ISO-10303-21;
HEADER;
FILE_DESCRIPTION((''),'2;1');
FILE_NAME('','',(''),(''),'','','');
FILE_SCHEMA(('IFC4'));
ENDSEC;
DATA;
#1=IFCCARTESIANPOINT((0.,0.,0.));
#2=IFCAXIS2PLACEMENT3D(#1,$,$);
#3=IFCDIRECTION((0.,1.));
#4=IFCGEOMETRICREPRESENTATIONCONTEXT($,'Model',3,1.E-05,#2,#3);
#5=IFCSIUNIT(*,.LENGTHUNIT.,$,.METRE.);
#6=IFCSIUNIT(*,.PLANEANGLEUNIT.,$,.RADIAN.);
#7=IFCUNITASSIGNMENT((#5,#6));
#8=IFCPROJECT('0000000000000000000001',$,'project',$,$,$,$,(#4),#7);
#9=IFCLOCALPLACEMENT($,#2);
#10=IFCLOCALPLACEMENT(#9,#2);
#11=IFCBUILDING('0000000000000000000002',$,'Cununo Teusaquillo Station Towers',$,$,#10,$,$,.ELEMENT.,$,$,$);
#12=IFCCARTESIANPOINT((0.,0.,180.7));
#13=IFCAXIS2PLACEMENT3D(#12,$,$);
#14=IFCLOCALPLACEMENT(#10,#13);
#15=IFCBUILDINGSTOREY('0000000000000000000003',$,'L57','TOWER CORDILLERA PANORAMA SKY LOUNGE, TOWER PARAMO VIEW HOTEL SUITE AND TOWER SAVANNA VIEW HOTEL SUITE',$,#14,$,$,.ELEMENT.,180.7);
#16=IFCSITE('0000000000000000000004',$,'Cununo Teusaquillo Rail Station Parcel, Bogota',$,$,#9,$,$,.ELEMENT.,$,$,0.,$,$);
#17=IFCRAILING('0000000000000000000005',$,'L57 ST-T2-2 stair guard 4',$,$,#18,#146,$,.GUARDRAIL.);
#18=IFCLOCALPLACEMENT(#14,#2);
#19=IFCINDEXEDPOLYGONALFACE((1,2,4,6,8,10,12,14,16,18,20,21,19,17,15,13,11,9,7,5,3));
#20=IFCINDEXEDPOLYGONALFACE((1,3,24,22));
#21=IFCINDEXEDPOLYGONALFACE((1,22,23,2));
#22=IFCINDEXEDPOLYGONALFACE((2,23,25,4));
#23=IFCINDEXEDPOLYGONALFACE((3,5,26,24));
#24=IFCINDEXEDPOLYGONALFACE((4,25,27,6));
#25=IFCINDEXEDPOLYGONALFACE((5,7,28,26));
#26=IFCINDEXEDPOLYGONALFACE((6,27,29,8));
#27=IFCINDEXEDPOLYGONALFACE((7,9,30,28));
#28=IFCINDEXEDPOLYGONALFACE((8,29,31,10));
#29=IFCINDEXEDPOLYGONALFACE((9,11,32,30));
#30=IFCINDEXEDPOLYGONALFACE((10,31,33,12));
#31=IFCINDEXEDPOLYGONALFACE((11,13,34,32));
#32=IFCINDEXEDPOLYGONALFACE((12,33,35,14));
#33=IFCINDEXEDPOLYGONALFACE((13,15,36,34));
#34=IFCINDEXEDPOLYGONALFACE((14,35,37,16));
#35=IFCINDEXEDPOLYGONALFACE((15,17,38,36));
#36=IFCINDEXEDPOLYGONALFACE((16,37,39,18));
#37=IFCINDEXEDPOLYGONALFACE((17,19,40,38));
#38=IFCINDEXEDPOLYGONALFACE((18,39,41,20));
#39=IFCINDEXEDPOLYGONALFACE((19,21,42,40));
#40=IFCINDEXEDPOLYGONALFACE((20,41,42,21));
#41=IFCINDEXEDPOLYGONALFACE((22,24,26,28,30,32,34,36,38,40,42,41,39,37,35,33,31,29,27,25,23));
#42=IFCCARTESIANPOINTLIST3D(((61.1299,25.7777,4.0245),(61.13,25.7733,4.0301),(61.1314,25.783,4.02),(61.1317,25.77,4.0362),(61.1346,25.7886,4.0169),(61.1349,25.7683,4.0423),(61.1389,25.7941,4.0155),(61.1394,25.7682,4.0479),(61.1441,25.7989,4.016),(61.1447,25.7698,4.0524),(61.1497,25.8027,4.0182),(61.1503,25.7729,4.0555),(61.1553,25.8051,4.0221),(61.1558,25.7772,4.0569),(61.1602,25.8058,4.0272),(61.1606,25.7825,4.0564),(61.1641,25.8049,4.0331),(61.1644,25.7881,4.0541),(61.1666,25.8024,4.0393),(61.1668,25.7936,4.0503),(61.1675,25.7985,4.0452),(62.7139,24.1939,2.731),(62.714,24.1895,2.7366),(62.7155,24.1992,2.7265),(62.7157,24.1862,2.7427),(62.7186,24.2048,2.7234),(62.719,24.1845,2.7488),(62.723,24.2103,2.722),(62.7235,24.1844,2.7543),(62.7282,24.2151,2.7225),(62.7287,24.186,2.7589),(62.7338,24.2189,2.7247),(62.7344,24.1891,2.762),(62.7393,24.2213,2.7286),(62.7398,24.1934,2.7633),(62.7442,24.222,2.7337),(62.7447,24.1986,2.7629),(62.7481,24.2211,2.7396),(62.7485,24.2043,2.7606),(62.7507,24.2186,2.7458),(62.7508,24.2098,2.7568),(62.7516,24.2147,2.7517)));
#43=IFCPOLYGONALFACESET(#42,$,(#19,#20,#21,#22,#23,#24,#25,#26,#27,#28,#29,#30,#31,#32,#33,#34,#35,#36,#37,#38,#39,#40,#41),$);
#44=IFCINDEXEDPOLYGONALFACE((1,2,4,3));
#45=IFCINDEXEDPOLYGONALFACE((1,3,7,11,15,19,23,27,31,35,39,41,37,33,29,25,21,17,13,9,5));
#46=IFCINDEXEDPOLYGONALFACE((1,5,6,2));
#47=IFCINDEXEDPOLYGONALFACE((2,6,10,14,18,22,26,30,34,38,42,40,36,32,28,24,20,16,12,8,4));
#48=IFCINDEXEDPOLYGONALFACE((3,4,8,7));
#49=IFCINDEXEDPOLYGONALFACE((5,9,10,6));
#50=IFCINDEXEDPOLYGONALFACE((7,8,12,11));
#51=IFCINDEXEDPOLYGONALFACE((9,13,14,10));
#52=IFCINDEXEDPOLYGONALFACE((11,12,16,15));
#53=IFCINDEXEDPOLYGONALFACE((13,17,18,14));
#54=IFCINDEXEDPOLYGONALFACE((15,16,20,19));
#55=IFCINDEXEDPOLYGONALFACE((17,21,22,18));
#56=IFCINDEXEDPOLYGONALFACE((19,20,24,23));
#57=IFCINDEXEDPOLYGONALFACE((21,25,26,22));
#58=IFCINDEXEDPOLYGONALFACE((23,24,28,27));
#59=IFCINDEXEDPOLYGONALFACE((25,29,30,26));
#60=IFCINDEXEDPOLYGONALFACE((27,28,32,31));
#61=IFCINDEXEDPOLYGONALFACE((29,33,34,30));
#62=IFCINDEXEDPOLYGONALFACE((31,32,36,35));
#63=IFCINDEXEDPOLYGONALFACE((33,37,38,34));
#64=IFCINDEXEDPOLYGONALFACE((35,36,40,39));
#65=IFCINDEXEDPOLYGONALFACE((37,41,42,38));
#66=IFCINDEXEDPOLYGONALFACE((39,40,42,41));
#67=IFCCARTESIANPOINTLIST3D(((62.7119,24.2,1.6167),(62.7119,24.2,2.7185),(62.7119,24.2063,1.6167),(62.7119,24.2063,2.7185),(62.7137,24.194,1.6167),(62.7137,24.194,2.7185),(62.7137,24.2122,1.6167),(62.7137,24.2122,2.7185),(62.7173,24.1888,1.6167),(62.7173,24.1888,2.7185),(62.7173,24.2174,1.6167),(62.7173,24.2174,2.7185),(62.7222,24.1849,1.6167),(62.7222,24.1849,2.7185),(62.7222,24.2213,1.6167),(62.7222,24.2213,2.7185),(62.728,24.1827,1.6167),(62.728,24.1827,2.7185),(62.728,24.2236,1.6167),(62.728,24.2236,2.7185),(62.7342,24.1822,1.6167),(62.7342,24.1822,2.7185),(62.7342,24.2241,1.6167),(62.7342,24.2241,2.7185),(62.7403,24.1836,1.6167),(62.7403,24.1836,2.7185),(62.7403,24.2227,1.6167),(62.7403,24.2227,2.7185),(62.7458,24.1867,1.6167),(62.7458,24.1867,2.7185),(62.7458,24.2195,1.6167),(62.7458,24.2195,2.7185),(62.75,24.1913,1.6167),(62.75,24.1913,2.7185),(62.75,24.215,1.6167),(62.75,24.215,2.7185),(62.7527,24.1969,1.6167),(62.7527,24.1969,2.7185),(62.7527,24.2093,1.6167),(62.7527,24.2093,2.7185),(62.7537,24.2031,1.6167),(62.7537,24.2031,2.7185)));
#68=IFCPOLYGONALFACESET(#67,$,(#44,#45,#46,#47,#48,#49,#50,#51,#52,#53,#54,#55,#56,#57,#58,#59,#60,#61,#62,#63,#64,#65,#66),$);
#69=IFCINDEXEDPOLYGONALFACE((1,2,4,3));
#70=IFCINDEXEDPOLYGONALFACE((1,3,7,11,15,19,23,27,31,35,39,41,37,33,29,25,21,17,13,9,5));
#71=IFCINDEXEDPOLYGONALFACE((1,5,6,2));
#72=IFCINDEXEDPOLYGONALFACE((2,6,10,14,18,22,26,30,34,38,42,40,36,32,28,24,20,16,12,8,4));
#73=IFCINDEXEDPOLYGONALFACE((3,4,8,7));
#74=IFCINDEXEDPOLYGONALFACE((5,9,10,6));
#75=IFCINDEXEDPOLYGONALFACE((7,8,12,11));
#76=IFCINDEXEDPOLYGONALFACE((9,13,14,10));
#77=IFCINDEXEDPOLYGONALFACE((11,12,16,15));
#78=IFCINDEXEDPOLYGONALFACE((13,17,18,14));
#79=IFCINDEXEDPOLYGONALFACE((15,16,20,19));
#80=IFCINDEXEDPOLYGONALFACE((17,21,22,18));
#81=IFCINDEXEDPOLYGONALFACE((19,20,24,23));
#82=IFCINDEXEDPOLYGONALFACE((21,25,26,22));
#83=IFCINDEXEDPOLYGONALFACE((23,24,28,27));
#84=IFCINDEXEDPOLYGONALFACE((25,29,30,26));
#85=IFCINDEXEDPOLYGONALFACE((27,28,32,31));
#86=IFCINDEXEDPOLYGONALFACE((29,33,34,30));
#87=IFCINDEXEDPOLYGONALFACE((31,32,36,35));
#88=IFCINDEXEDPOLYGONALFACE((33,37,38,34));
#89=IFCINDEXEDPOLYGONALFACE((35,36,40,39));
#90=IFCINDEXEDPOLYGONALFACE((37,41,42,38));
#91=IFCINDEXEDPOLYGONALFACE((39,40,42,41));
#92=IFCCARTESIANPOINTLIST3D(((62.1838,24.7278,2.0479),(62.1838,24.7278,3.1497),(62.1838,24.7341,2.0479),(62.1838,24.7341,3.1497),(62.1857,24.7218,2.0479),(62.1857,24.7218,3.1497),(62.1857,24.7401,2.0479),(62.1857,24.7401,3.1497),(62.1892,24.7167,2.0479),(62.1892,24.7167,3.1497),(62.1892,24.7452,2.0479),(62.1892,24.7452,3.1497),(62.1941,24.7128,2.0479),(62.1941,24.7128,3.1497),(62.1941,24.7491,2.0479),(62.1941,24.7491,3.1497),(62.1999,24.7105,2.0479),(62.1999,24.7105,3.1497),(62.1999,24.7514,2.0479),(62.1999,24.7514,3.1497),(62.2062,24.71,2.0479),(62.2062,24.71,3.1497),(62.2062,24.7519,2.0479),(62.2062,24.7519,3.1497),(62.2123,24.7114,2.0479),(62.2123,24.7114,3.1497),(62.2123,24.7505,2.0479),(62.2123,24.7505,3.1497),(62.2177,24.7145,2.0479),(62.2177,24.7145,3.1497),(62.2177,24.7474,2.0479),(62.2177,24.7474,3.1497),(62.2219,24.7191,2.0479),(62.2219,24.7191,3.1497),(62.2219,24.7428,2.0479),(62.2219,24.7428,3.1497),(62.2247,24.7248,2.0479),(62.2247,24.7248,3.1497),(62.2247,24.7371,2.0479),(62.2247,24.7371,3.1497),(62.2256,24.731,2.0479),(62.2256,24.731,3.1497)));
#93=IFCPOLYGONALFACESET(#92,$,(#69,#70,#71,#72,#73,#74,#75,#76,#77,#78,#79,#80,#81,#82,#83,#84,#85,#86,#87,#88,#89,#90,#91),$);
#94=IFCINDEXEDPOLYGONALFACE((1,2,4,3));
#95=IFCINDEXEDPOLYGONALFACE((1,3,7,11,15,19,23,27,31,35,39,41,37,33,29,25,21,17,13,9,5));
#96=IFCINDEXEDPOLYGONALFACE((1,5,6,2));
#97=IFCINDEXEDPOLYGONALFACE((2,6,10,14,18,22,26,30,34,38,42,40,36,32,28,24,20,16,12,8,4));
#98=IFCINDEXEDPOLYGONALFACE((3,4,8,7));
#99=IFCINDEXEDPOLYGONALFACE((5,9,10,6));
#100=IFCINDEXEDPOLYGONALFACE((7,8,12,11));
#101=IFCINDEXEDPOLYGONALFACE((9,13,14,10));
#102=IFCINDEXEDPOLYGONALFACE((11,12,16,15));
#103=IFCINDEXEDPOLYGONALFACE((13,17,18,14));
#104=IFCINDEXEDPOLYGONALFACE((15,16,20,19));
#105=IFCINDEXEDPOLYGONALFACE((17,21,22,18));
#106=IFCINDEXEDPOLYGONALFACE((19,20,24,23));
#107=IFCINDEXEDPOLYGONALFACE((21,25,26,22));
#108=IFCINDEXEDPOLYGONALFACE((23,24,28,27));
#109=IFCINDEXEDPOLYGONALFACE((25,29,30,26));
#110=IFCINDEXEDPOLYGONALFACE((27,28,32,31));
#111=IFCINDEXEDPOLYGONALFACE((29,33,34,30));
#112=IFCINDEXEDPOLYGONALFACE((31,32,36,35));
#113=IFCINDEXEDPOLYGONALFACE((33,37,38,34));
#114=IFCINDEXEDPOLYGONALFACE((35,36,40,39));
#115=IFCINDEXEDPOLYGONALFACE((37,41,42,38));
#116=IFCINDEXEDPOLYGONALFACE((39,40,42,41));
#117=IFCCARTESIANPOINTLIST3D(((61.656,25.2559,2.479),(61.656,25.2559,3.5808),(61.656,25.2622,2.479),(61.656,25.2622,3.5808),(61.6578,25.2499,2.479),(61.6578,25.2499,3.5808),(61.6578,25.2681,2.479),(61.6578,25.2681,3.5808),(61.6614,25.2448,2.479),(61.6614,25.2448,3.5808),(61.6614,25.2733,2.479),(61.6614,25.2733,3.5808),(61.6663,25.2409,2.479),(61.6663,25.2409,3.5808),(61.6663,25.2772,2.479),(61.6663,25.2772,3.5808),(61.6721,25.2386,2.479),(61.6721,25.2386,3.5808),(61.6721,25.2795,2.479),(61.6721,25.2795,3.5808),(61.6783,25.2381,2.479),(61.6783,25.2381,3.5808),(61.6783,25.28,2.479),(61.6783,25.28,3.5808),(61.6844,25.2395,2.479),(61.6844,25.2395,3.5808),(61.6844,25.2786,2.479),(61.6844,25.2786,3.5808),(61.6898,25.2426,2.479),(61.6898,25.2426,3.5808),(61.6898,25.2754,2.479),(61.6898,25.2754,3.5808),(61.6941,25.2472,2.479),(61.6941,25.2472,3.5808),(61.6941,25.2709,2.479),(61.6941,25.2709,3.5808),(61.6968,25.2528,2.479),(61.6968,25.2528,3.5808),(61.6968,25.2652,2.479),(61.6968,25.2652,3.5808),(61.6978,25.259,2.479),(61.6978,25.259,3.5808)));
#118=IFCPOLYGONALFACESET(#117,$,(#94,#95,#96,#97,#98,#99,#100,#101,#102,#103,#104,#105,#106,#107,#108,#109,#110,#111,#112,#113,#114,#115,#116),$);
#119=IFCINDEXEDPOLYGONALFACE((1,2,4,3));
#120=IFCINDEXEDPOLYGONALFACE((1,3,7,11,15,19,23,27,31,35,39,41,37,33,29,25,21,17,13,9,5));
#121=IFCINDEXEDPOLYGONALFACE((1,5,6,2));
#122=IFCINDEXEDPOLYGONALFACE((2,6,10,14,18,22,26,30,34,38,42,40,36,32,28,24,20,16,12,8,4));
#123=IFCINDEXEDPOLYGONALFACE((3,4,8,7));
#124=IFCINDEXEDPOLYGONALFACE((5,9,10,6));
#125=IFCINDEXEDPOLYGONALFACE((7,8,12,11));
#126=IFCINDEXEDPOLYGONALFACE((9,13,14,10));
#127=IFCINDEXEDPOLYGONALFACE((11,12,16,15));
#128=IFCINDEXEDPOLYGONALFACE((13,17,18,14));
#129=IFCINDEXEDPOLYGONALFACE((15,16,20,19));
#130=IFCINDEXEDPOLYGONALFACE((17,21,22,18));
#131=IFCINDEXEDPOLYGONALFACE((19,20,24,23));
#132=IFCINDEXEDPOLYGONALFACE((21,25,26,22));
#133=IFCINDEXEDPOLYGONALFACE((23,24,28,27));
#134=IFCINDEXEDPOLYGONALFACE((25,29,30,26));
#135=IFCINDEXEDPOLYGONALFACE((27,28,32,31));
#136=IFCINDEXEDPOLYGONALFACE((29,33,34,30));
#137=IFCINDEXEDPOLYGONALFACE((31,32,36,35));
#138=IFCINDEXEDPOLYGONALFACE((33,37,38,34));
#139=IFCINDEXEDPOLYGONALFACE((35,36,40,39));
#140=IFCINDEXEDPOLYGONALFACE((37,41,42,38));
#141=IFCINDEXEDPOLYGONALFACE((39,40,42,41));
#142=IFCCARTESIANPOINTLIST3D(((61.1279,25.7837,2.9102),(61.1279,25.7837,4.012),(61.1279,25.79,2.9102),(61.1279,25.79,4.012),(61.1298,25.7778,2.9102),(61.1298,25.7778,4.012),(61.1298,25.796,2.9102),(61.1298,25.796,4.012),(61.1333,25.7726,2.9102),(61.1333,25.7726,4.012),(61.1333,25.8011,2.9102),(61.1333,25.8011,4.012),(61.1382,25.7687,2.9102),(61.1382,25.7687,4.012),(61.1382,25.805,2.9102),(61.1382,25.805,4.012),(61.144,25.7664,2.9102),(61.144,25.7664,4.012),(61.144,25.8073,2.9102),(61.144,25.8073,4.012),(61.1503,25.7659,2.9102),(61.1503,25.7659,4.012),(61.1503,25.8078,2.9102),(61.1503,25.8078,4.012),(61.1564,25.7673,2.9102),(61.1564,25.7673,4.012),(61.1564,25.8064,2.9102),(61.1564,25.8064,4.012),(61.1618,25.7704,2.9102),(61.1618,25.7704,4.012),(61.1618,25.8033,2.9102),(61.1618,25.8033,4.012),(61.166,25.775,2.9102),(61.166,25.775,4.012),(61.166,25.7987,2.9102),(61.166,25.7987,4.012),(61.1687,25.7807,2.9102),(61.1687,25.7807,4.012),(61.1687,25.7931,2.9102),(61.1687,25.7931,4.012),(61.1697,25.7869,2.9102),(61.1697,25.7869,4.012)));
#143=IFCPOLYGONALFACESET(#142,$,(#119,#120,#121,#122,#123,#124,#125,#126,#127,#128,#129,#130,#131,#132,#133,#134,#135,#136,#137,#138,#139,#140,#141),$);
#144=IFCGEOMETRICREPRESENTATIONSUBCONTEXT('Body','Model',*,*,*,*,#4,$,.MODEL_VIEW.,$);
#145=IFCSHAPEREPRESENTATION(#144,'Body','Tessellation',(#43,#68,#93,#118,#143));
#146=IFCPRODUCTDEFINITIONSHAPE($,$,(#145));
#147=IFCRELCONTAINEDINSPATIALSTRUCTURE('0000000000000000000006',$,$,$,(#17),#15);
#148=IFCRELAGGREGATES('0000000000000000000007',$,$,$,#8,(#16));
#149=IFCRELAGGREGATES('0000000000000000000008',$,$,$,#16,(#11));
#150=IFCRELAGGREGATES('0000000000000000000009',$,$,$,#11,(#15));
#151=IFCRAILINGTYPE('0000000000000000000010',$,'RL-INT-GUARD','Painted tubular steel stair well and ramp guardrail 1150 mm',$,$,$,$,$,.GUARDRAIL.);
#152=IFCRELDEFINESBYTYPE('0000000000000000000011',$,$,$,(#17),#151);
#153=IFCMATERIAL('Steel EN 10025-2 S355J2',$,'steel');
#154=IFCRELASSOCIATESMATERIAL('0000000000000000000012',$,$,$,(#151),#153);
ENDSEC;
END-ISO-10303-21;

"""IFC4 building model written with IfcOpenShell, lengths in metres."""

from ifc_helpers import new_model, si_unit, direction, frame, origin, origin_2d, place, context, subcontext, project, spatial, circle, extrude, material, type_object, element, save


model = new_model("IFC4")

# Units and contexts
model_context = context("Model", 3, precision=1e-05, world=origin(), true_north=direction((0.0, 1.0)))
body_context = subcontext(model_context, "Body", "Model", "MODEL_VIEW")
ifc_project = project(units=[si_unit("LENGTHUNIT", "METRE"), si_unit("PLANEANGLEUNIT", "RADIAN")], contexts=[model_context])

# Site, building, storey
site_placement = place(None, origin())
site = spatial("IfcSite", under=ifc_project, at=site_placement, Name="Cununo Teusaquillo Rail Station Parcel, Bogota", CompositionType="ELEMENT", RefElevation=0.0)
building_placement = place(site_placement, origin())
building = spatial("IfcBuilding", under=site, at=building_placement, Name="Cununo Teusaquillo Station Towers", CompositionType="ELEMENT")
storey_placement = place(building_placement, frame((0.0, 0.0, 180.7)))
storey = spatial("IfcBuildingStorey", under=building, at=storey_placement, Name="L57", Description="TOWER CORDILLERA PANORAMA SKY LOUNGE, TOWER PARAMO VIEW HOTEL SUITE AND TOWER SAVANNA VIEW HOTEL SUITE", CompositionType="ELEMENT", Elevation=180.7)

# Railing
ifc_material_1 = material(Name="Steel EN 10025-2 S355J2", Category="steel")
railing_type_1 = type_object("IfcRailingType", Name="RL-INT-GUARD", Description="Painted tubular steel stair well and ramp guardrail 1150 mm", PredefinedType="GUARDRAIL", material=ifc_material_1)
railing_1_placement = place(storey_placement, frame((62.7327, 24.2031, 1.6167)))
element("IfcRailing", 1, at=railing_1_placement, inside=storey, type_object=railing_type_1, Name="L57 ST-T2-2 stair guard 4", PredefinedType="GUARDRAIL", context=body_context, shape_type="SweptSolid", body=[
    extrude(circle(Radius=0.0239, at=origin_2d()), frame((0.0, 0.0, 1.126), z_axis=(-0.612391, 0.612297, 0.500069), x_axis=(-0.707052, -0.707161, 0.0)), (0.0, 0.0, 1.0), 2.5867),
    extrude(circle(Radius=0.021, at=origin_2d()), origin(), (0.0, 0.0, 1.0), 1.1018),
    extrude(circle(Radius=0.021, at=origin_2d()), frame((-0.5281, 0.5278, 0.4312)), (0.0, 0.0, 1.0), 1.1018),
    extrude(circle(Radius=0.021, at=origin_2d()), frame((-1.0559, 1.0559, 0.8623)), (0.0, 0.0, 1.0), 1.1018),
    extrude(circle(Radius=0.021, at=origin_2d()), frame((-1.584, 1.5837, 1.2935)), (0.0, 0.0, 1.0), 1.1018),
])

save(model, "model.ifc")
